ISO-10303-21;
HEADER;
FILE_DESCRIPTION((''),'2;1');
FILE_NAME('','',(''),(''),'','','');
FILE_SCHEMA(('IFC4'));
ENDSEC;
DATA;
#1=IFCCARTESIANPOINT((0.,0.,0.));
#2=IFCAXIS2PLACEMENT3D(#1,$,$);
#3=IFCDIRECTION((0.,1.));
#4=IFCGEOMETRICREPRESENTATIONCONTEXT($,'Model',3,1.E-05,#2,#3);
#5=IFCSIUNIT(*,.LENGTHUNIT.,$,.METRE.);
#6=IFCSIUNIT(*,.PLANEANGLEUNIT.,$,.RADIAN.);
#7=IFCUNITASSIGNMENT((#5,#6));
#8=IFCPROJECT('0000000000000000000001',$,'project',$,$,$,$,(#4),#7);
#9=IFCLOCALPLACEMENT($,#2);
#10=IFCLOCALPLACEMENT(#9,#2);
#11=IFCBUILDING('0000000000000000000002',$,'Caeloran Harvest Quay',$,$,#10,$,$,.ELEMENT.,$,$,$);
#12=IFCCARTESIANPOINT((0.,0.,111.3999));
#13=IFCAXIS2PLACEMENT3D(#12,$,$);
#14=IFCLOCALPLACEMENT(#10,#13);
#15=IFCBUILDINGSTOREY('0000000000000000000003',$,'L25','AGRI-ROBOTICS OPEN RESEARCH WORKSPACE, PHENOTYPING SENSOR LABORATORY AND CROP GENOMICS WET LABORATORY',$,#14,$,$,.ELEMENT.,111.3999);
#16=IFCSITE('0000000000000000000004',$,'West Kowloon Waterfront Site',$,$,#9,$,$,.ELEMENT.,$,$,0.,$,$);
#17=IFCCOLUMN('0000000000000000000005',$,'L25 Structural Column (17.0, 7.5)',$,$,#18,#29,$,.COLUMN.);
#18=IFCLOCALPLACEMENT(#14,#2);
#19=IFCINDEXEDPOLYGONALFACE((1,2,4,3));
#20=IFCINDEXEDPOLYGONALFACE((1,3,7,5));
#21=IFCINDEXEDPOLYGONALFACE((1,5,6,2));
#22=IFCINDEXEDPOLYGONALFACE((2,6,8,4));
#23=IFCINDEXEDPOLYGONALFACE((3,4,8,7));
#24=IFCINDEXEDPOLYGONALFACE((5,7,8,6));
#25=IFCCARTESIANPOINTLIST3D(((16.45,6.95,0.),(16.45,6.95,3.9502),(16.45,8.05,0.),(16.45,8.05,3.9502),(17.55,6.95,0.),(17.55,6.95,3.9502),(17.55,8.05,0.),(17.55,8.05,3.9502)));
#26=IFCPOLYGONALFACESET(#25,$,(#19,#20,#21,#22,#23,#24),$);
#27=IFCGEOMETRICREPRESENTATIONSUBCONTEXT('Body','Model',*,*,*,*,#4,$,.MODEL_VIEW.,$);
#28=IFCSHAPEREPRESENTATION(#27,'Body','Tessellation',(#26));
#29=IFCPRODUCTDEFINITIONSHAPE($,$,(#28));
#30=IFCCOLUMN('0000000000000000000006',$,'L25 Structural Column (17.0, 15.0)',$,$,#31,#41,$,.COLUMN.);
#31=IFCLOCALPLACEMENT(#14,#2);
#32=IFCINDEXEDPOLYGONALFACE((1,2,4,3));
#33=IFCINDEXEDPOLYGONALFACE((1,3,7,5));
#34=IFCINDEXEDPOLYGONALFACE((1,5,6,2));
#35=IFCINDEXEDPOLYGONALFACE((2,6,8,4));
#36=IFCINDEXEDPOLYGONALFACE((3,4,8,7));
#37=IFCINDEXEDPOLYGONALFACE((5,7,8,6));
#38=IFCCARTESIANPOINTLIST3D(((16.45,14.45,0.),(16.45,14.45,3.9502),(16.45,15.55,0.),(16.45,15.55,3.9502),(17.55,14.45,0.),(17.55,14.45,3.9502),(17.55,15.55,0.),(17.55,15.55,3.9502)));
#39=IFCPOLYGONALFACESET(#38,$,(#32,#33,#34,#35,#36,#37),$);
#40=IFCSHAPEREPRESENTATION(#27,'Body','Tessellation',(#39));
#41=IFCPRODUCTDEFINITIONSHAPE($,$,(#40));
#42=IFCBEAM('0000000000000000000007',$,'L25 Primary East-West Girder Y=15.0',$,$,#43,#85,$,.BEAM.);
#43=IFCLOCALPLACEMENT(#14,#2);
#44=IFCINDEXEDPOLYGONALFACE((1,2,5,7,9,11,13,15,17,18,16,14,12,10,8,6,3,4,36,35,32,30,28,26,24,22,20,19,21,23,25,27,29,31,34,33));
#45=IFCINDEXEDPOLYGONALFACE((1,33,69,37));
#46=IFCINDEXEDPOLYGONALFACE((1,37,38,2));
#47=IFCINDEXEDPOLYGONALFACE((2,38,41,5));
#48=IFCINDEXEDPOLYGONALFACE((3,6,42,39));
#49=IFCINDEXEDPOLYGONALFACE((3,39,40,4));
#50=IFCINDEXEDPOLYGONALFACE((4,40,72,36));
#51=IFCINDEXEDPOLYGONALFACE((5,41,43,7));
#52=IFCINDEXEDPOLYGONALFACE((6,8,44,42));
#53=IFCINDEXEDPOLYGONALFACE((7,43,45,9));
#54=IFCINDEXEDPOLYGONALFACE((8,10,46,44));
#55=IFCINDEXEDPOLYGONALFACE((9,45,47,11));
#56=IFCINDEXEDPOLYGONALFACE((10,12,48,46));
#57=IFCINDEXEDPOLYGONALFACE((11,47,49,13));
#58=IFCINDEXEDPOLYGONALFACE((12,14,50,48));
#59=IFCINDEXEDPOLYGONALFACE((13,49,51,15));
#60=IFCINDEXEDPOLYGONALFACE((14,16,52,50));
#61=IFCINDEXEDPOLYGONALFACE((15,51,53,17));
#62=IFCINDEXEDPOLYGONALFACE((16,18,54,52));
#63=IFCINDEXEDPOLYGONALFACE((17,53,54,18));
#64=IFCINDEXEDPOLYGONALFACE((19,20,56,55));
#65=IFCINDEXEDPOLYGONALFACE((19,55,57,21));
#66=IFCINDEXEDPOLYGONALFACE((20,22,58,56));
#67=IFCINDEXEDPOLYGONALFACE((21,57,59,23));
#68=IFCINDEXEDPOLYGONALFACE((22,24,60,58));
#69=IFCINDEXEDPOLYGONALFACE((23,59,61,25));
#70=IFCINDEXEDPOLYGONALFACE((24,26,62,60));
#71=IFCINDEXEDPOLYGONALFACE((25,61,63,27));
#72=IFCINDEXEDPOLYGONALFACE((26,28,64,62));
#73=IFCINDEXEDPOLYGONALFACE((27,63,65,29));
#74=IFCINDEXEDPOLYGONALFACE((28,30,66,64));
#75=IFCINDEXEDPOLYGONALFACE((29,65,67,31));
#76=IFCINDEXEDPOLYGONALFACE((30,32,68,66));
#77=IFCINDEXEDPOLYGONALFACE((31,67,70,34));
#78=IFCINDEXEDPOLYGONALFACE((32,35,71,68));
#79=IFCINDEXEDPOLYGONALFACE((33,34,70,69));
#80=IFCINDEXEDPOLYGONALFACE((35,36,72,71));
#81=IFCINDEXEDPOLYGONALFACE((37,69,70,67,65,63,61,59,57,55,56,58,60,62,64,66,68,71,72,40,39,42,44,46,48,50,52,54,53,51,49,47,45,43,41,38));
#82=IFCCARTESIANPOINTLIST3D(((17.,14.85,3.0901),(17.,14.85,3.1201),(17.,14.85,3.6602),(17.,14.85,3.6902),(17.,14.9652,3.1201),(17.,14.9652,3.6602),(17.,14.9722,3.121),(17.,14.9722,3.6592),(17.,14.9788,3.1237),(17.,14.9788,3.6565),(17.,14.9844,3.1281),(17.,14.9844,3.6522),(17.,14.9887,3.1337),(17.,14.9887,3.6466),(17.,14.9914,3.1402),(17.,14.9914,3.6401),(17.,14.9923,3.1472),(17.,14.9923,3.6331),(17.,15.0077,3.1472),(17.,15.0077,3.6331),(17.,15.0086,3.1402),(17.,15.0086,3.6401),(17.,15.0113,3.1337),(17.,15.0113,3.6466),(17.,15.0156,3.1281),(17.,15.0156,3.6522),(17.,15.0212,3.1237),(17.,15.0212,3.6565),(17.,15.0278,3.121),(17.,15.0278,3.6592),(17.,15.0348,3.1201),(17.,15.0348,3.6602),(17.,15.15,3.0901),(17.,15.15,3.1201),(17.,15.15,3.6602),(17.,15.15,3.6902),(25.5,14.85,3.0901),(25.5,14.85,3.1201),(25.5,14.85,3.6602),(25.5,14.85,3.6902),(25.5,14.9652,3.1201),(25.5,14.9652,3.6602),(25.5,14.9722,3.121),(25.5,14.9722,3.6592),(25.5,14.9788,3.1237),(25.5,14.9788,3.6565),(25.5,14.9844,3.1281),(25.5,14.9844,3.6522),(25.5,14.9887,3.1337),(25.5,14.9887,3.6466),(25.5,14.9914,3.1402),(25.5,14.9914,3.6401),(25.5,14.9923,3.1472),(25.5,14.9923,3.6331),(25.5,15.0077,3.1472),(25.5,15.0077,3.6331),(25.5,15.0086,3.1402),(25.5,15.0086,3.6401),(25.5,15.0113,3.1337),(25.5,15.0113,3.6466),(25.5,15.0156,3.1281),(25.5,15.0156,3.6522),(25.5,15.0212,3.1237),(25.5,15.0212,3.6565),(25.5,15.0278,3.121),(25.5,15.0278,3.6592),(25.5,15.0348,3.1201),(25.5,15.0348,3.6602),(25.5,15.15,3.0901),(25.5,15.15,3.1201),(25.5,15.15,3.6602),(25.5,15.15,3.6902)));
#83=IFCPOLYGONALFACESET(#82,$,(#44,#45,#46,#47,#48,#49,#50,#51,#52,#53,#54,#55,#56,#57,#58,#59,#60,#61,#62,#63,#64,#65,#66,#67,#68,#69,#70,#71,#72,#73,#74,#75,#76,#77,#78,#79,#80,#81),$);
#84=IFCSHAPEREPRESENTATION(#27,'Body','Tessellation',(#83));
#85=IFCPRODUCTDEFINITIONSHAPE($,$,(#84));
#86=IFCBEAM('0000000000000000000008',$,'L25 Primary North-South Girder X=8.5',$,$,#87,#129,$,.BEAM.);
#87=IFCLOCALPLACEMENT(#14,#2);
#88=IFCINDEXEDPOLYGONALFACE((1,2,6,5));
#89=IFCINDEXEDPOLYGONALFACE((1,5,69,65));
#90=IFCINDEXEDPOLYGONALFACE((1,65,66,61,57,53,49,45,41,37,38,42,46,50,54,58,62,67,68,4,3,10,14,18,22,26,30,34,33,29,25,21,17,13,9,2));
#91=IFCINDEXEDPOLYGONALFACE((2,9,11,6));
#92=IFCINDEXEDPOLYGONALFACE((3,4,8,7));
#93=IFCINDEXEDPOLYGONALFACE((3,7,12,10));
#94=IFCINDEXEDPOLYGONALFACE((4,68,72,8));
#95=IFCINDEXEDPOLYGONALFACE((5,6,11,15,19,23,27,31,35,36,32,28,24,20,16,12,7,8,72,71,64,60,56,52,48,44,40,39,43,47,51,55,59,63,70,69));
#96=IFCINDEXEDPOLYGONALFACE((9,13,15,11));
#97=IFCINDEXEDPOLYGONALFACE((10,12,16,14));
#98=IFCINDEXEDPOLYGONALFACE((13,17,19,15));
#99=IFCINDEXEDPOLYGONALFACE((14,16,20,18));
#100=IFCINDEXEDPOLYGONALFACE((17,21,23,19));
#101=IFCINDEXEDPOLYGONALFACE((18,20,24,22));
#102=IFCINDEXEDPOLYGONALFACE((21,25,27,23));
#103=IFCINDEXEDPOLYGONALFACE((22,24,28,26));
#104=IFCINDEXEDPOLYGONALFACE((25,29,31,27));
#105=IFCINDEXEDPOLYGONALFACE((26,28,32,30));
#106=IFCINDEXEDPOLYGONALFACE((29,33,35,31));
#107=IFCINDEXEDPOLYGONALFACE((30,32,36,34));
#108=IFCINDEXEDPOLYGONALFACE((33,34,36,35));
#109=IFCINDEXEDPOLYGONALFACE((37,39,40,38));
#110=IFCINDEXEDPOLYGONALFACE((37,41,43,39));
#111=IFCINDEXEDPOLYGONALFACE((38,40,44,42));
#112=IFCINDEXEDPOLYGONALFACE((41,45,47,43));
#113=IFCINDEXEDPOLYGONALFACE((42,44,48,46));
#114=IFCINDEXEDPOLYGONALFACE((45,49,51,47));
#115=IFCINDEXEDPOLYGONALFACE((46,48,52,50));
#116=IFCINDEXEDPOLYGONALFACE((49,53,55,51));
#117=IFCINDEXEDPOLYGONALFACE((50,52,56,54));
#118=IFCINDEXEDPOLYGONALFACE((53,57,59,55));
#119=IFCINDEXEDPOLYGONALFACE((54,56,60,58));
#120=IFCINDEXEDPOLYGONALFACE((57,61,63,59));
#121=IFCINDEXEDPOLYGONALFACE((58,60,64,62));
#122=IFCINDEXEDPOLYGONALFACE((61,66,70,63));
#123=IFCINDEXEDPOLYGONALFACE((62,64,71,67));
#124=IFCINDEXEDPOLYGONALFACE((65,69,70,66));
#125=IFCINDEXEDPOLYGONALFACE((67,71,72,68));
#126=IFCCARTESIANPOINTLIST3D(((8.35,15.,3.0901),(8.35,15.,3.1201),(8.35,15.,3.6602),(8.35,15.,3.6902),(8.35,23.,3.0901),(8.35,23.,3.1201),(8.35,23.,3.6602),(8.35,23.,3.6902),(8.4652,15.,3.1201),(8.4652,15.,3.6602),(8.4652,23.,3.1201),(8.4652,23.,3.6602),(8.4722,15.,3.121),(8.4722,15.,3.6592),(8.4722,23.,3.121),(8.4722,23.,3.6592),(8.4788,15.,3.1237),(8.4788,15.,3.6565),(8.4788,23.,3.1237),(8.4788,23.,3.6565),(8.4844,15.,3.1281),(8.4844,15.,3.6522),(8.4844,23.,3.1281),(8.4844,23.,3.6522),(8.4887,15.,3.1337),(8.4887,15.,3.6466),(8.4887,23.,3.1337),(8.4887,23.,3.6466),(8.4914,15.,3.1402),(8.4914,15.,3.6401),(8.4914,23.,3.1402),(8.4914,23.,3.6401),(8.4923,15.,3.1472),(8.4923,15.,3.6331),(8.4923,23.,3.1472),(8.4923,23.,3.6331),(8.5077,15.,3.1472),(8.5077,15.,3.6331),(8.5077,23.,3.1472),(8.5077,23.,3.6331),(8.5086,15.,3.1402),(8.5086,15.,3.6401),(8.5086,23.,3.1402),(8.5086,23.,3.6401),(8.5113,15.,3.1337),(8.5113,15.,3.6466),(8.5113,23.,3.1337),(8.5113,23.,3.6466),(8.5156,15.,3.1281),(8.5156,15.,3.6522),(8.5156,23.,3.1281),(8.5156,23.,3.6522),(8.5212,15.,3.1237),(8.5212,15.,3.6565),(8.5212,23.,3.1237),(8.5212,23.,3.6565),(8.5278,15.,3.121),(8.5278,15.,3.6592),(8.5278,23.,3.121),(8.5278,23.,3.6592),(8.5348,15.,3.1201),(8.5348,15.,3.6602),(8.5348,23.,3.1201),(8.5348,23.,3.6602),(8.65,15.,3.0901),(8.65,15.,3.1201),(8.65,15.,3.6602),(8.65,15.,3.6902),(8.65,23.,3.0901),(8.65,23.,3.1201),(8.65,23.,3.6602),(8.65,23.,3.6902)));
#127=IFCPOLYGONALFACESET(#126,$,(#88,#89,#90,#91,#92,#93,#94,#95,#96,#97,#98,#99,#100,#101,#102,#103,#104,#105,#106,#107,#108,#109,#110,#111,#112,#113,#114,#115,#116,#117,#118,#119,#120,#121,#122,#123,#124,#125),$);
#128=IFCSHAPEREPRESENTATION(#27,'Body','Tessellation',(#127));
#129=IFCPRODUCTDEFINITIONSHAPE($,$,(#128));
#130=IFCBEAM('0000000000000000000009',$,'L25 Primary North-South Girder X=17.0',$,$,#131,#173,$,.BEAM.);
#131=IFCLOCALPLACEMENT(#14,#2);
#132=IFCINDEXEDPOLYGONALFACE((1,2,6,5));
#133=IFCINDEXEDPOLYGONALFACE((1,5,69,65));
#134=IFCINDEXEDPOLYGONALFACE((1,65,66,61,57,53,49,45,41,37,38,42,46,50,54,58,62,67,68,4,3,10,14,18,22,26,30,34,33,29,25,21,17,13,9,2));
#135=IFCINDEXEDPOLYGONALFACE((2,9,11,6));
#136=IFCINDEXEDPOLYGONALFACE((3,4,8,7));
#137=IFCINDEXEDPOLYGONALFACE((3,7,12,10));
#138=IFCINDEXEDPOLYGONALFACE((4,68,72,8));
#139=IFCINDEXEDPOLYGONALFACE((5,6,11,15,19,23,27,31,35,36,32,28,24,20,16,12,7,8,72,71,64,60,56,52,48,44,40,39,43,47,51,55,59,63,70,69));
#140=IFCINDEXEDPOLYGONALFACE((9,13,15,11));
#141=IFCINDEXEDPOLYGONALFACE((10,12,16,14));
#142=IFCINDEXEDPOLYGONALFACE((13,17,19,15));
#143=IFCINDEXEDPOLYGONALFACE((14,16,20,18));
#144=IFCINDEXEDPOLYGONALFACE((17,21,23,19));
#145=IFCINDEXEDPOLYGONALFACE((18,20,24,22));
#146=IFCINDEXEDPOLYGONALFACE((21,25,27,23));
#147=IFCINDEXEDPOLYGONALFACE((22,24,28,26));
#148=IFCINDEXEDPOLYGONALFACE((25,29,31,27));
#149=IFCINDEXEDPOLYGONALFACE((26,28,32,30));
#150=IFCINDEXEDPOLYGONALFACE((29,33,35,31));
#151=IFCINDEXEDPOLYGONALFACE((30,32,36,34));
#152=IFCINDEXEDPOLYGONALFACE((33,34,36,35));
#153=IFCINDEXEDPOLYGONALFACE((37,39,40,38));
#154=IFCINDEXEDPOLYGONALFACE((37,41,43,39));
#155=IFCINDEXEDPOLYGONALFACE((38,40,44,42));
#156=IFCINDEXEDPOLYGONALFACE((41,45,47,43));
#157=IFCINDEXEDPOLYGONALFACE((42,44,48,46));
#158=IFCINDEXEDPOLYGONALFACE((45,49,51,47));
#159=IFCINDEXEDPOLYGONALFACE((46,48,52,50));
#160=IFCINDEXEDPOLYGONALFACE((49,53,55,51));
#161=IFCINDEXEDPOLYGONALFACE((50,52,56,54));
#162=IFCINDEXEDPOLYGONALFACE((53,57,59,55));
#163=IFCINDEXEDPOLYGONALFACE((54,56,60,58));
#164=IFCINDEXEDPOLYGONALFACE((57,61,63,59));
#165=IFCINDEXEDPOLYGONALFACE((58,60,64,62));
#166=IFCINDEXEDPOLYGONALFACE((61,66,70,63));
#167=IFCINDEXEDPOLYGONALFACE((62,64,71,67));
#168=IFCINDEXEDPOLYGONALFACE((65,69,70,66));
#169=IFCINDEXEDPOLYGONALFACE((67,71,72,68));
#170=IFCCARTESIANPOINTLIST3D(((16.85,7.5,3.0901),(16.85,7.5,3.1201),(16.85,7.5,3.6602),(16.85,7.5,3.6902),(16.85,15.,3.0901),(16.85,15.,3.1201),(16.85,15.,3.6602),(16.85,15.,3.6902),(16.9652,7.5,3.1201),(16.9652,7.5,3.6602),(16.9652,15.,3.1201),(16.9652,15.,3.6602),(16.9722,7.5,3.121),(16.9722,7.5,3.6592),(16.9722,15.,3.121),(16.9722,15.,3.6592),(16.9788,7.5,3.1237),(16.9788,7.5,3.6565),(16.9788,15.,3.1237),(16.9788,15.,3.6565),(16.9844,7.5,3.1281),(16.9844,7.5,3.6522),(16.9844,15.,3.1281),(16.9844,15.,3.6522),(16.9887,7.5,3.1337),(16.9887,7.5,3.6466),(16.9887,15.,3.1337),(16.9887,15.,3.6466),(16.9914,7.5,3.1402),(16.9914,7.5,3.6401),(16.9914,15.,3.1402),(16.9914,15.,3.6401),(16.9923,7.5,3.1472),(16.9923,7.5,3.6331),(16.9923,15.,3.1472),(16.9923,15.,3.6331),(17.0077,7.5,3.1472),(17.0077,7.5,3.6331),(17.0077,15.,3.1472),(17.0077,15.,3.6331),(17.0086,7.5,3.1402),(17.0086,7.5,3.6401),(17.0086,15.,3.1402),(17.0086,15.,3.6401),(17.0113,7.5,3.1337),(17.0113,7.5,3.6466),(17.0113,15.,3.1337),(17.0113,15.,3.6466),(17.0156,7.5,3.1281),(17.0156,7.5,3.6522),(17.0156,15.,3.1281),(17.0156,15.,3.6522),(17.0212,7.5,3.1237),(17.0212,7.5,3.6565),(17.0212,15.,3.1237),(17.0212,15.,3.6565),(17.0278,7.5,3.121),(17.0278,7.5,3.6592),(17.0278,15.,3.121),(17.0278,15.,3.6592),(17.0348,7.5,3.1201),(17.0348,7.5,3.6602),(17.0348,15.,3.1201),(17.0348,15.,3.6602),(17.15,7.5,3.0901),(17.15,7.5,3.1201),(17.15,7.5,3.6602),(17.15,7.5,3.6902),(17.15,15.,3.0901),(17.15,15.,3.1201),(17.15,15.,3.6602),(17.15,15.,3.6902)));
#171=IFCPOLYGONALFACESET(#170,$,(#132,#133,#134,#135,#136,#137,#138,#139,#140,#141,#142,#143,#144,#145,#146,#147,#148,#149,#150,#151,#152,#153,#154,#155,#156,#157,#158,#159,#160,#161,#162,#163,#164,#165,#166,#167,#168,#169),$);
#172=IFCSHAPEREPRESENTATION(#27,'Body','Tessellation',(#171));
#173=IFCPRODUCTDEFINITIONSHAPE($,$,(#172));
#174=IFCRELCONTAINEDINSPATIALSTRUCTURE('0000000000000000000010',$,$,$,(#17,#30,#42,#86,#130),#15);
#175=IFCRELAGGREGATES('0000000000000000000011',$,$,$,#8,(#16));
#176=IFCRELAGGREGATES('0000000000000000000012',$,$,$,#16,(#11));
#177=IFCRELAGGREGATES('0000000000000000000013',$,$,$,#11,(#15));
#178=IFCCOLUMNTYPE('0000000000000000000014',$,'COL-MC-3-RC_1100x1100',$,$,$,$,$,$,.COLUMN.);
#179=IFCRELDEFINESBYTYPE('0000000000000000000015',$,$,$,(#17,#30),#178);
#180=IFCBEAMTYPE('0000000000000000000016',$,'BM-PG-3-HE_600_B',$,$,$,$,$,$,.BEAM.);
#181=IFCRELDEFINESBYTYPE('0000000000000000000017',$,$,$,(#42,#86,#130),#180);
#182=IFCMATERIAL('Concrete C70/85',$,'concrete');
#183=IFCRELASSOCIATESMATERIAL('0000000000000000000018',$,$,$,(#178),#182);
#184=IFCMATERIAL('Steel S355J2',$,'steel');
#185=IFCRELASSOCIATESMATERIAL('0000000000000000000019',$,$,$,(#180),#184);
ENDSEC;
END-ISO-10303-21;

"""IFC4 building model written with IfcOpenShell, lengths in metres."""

from ifc_helpers import new_model, si_unit, direction, frame, origin, origin_2d, place, context, subcontext, project, spatial, rectangle, i_section, extrude, material, material_profile, profile_set, type_object, element, save


model = new_model("IFC4")

# Units and contexts
model_context = context("Model", 3, precision=1e-05, world=origin(), true_north=direction((0.0, 1.0)))
body_context = subcontext(model_context, "Body", "Model", "MODEL_VIEW")
ifc_project = project(units=[si_unit("LENGTHUNIT", "METRE"), si_unit("PLANEANGLEUNIT", "RADIAN")], contexts=[model_context])

# Site, building, storey
site_placement = place(None, origin())
site = spatial("IfcSite", under=ifc_project, at=site_placement, Name="West Kowloon Waterfront Site", CompositionType="ELEMENT", RefElevation=0.0)
building_placement = place(site_placement, origin())
building = spatial("IfcBuilding", under=site, at=building_placement, Name="Caeloran Harvest Quay", CompositionType="ELEMENT")
storey_placement = place(building_placement, frame((0.0, 0.0, 111.3999)))
storey = spatial("IfcBuildingStorey", under=building, at=storey_placement, Name="L25", Description="AGRI-ROBOTICS OPEN RESEARCH WORKSPACE, PHENOTYPING SENSOR LABORATORY AND CROP GENOMICS WET LABORATORY", CompositionType="ELEMENT", Elevation=111.3999)

# Columns
ifc_material_1 = material(Name="Concrete C70/85", Category="concrete")
ifc_material_profile_1 = material_profile(ifc_material_1, rectangle(XDim=1.1001, YDim=1.1001, at=origin_2d()), Name="RC 1100x1100")
ifc_profile_set_1 = profile_set([ifc_material_profile_1], Name="Concrete C70/85")
column_type = type_object("IfcColumnType", Name="COL-MC-3-RC_1100x1100", PredefinedType="COLUMN", material=ifc_profile_set_1)
for number, where, z_axis, x_axis, name in (
    (1, (17.0, 7.5, 0.0), (0.0, 0.0, 1.0), (1.0, 0.0, 0.0), "L25 Structural Column (17.0, 7.5)"),
    (2, (17.0, 15.0, 0.0), (0.0, 0.0, 1.0), (1.0, 0.0, 0.0), "L25 Structural Column (17.0, 15.0)"),
):
    element("IfcColumn", number, at=place(storey_placement, frame(where, z_axis=z_axis, x_axis=x_axis)), inside=storey, type_object=column_type, Name=name, PredefinedType="COLUMN", context=body_context, shape_type="SweptSolid", body=[
        extrude(rectangle(XDim=1.1001, YDim=1.1001, at=origin_2d()), origin(), (0.0, 0.0, 1.0), 3.9502),
    ])

# Beams
ifc_material_2 = material(Name="Steel S355J2", Category="steel")
ifc_material_profile_2 = material_profile(ifc_material_2, i_section(OverallWidth=0.3, OverallDepth=0.6001, WebThickness=0.0154, FlangeThickness=0.03, FilletRadius=0.0271, at=origin_2d()), Name="HE 600 B")
ifc_profile_set_2 = profile_set([ifc_material_profile_2], Name="Steel S355J2")
beam_type_1 = type_object("IfcBeamType", Name="BM-PG-3-HE_600_B", PredefinedType="BEAM", material=ifc_profile_set_2)
beam_1_placement = place(storey_placement, frame((17.0, 15.0, 3.3901), z_axis=(1.0, 0.0, 0.0), x_axis=(0.0, 1.0, 0.0)))
element("IfcBeam", 3, at=beam_1_placement, inside=storey, type_object=beam_type_1, Name="L25 Primary East-West Girder Y=15.0", PredefinedType="BEAM", context=body_context, shape_type="SweptSolid", body=[
    extrude(i_section(OverallWidth=0.3, OverallDepth=0.6001, WebThickness=0.0154, FlangeThickness=0.03, FilletRadius=0.0271, at=origin_2d()), origin(), (0.0, 0.0, 1.0), 8.5),
])
beam_2_placement = place(storey_placement, frame((8.5, 15.0, 3.3901), z_axis=(0.0, 1.0, 0.0), x_axis=(-1.0, 0.0, 0.0)))
element("IfcBeam", 4, at=beam_2_placement, inside=storey, type_object=beam_type_1, Name="L25 Primary North-South Girder X=8.5", PredefinedType="BEAM", context=body_context, shape_type="SweptSolid", body=[
    extrude(i_section(OverallWidth=0.3, OverallDepth=0.6001, WebThickness=0.0154, FlangeThickness=0.03, FilletRadius=0.0271, at=origin_2d()), origin(), (0.0, 0.0, 1.0), 8.0),
])
beam_3_placement = place(storey_placement, frame((17.0, 7.5, 3.3901), z_axis=(0.0, 1.0, 0.0), x_axis=(-1.0, 0.0, 0.0)))
element("IfcBeam", 5, at=beam_3_placement, inside=storey, type_object=beam_type_1, Name="L25 Primary North-South Girder X=17.0", PredefinedType="BEAM", context=body_context, shape_type="SweptSolid", body=[
    extrude(i_section(OverallWidth=0.3, OverallDepth=0.6001, WebThickness=0.0154, FlangeThickness=0.03, FilletRadius=0.0271, at=origin_2d()), origin(), (0.0, 0.0, 1.0), 7.5),
])

save(model, "model.ifc")
